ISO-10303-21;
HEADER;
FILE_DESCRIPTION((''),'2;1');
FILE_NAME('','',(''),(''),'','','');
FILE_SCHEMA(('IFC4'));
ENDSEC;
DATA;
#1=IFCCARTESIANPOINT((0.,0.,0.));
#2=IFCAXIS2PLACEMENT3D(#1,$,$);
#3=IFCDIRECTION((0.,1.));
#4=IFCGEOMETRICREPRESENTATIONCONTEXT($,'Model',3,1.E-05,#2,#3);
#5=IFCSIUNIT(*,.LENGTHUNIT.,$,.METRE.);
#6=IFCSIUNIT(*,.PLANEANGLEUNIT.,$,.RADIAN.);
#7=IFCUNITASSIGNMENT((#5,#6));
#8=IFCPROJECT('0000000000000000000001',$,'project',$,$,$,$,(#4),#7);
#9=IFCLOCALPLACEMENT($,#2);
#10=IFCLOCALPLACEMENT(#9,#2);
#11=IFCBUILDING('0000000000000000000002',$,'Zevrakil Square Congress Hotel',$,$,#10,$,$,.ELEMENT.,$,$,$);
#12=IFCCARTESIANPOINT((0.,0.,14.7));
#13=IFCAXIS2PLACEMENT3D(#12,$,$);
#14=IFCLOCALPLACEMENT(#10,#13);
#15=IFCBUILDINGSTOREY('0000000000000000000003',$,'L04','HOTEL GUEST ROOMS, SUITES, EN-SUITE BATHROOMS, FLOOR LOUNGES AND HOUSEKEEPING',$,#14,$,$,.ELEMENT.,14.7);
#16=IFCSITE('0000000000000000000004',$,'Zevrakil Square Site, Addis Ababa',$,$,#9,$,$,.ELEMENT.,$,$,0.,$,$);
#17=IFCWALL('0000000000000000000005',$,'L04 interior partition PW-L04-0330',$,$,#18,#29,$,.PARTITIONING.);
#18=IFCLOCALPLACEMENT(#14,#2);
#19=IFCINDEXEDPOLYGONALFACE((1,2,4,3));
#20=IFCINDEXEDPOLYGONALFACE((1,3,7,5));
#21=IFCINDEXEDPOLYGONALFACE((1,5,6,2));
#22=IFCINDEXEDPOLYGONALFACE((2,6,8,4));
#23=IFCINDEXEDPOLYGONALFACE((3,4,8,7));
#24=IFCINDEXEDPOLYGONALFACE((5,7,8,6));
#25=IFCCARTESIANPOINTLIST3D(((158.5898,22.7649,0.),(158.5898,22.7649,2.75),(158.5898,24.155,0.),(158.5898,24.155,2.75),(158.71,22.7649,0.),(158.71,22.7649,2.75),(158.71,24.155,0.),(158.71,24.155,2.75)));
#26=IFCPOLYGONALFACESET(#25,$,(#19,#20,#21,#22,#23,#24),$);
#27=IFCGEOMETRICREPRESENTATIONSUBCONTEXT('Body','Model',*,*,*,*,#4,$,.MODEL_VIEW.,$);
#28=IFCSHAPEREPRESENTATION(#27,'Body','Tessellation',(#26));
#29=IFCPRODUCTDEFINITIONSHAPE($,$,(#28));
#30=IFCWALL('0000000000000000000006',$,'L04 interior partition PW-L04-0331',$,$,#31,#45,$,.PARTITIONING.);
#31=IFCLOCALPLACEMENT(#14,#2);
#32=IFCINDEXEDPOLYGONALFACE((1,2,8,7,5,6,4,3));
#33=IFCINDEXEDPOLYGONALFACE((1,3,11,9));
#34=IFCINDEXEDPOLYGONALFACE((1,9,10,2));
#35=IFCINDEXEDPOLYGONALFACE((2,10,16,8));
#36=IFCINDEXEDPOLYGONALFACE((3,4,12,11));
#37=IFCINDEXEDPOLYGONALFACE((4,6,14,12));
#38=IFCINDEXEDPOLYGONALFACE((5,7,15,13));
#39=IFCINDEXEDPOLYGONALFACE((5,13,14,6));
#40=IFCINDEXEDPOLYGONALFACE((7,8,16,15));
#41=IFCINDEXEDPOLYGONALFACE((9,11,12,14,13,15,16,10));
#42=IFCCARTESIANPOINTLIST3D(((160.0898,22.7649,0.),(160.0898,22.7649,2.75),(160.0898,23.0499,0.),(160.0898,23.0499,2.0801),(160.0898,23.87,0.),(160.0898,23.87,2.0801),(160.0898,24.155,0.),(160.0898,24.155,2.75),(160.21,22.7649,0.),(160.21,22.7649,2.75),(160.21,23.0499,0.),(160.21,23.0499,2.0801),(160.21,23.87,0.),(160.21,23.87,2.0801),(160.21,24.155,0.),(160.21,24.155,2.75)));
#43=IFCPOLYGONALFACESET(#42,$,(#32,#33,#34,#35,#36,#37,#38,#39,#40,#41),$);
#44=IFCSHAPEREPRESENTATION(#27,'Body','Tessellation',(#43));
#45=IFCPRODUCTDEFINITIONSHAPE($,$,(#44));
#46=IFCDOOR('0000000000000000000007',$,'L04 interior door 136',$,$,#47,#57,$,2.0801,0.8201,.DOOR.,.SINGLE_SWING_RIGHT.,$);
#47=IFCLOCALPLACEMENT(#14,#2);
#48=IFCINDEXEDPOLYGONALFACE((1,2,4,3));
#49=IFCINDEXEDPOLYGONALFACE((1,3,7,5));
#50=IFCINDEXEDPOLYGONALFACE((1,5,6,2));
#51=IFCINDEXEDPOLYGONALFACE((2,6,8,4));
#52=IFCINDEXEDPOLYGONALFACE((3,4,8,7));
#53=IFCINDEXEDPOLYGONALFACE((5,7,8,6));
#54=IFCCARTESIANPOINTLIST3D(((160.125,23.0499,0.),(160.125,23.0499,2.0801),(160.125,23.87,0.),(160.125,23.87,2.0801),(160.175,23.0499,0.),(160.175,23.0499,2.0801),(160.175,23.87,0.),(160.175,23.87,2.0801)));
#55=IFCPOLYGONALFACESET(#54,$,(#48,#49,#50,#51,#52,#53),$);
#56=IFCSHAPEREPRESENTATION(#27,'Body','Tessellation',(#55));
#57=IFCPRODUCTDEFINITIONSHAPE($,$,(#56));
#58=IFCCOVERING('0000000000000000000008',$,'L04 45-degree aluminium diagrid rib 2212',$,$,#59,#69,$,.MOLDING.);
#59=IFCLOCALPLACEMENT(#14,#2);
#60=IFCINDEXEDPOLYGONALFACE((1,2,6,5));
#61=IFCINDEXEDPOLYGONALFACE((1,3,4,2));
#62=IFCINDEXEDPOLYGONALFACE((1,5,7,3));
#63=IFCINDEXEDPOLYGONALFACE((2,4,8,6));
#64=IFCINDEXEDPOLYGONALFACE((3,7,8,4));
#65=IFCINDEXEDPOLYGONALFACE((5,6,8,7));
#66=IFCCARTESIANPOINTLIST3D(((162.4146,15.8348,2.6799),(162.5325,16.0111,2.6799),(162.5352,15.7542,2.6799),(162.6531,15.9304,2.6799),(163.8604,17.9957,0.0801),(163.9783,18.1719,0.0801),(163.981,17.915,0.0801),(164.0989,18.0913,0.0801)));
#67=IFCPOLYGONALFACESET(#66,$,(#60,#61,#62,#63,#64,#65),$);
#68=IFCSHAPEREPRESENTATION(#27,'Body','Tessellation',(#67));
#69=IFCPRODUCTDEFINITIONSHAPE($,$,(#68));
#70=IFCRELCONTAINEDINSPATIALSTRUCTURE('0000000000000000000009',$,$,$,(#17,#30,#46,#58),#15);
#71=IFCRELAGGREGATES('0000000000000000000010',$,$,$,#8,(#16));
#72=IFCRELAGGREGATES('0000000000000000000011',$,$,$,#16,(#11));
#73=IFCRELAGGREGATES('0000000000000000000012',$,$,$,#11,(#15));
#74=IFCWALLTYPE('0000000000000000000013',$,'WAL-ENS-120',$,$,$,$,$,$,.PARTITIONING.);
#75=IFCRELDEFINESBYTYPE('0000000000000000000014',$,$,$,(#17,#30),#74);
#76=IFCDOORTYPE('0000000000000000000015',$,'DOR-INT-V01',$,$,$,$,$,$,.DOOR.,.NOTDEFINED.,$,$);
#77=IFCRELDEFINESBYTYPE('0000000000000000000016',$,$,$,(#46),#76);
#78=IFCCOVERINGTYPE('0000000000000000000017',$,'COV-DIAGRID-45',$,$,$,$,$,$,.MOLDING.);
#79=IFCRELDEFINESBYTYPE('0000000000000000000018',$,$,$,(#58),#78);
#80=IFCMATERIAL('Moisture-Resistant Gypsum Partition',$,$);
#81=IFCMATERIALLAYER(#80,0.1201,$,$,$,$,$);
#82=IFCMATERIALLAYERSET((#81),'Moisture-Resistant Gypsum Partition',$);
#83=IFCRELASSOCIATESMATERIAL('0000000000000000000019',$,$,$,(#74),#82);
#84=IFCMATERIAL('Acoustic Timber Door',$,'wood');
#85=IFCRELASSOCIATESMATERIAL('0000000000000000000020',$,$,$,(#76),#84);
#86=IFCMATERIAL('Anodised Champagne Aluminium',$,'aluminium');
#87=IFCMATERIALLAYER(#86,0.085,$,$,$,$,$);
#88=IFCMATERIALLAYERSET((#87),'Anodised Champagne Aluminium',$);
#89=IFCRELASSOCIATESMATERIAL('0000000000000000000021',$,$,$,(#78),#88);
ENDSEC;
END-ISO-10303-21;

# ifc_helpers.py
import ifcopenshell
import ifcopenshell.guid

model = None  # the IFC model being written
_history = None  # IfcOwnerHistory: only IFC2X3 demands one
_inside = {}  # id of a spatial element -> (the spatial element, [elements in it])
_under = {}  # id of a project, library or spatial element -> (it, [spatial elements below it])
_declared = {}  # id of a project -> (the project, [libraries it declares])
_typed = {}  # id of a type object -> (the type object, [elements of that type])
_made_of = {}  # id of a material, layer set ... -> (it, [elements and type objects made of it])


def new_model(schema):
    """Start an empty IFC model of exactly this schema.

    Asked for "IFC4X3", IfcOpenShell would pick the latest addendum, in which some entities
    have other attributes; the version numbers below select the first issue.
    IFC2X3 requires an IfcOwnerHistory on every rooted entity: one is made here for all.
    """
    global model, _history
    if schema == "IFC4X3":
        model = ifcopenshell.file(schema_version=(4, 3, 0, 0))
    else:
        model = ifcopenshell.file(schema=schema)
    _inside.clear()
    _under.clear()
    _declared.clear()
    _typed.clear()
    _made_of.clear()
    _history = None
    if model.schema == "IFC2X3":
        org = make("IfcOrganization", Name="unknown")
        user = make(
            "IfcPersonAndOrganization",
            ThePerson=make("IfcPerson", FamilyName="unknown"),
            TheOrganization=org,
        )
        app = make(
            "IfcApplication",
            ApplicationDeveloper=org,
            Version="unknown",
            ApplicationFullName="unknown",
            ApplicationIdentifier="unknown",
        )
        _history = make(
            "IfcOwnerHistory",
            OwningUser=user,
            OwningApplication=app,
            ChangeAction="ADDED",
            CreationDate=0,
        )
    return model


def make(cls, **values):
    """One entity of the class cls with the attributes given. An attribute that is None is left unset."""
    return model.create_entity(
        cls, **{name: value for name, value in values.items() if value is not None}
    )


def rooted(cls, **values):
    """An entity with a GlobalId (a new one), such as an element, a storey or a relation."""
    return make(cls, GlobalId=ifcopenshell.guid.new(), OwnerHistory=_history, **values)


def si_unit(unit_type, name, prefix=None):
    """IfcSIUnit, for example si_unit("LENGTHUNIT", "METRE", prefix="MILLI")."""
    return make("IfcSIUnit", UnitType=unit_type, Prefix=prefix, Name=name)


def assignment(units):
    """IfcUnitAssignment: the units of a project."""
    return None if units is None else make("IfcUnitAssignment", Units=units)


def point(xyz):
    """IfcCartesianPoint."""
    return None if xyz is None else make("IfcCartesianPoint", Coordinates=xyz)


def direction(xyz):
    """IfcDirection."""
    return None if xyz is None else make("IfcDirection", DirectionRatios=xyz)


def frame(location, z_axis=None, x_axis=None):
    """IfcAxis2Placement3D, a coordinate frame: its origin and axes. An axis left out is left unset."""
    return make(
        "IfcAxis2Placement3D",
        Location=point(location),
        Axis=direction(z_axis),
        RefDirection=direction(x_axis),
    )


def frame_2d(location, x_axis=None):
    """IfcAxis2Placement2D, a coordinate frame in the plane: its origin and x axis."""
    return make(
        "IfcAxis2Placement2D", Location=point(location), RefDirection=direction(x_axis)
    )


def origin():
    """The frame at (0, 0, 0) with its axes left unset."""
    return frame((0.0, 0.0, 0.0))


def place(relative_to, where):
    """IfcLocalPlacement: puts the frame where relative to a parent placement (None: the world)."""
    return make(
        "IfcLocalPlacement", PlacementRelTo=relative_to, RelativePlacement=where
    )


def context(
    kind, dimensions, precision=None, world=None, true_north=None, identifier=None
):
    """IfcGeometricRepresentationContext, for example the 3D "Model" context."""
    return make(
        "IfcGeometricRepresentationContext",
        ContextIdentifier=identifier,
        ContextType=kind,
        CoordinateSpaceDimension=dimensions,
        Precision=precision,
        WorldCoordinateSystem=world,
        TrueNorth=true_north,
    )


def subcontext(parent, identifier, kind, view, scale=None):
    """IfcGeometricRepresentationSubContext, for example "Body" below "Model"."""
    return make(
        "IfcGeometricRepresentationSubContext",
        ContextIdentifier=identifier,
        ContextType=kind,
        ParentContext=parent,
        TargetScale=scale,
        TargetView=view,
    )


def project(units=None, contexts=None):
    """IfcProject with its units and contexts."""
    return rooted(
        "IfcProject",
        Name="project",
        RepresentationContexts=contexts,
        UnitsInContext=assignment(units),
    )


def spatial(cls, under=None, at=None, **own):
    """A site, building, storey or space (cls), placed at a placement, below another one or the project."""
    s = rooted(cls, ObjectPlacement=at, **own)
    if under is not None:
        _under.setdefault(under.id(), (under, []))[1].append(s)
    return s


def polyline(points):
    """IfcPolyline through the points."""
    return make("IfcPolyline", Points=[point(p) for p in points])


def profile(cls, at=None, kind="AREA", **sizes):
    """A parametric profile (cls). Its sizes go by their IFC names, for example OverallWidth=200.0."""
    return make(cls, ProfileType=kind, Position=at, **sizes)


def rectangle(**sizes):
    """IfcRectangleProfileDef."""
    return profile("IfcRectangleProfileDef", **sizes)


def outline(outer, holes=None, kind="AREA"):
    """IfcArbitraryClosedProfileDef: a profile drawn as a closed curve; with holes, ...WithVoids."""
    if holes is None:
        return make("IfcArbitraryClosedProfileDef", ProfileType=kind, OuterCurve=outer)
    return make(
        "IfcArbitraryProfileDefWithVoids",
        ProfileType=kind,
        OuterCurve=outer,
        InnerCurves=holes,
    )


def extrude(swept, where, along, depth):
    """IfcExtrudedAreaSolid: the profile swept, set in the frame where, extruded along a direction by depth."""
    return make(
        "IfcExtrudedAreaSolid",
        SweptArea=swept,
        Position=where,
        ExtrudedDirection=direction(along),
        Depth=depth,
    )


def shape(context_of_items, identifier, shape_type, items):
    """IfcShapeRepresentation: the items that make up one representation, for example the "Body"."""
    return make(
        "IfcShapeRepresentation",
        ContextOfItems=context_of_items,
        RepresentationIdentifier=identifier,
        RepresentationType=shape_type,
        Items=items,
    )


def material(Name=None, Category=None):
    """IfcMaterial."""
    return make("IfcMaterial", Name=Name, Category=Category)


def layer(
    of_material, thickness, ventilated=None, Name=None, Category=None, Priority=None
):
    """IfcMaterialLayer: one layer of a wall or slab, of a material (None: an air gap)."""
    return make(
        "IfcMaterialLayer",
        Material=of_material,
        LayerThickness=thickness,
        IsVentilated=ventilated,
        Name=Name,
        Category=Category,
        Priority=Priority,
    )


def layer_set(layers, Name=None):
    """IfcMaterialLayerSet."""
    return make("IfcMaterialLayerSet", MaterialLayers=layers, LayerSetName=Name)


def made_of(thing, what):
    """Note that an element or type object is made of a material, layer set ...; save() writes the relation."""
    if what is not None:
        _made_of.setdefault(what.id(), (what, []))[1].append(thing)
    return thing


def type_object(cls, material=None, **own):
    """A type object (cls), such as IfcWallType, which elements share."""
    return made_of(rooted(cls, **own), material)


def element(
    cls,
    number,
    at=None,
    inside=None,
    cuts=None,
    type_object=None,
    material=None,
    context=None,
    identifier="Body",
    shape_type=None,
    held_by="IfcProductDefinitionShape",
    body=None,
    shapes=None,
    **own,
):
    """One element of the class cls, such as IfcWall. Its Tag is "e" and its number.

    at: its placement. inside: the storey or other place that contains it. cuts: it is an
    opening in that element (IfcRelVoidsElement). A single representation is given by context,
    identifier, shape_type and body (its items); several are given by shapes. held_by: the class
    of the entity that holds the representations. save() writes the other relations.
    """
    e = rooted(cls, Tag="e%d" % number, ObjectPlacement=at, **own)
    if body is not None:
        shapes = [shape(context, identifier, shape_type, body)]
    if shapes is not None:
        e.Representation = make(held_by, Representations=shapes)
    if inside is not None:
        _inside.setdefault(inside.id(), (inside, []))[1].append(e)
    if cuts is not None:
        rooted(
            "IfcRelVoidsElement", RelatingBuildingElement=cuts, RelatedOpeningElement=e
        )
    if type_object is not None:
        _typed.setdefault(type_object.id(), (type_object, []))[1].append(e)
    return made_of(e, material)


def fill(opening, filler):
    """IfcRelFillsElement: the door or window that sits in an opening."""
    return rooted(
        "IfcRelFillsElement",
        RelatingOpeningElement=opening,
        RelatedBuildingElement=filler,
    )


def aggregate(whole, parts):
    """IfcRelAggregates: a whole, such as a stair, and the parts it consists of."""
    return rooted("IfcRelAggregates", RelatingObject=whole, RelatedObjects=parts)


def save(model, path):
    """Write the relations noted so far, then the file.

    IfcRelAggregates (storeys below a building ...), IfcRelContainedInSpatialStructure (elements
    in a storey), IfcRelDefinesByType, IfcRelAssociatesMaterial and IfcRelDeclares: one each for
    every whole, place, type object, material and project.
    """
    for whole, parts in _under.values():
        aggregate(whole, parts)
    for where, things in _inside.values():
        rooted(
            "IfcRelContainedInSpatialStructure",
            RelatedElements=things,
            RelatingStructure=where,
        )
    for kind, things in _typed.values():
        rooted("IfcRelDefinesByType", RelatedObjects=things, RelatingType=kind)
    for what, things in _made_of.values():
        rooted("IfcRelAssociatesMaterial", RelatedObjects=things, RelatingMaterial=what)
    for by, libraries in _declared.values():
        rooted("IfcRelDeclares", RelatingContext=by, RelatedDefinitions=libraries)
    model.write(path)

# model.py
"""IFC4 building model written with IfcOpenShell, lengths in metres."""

from ifc_helpers import new_model, si_unit, direction, frame, frame_2d, origin, place, context, subcontext, project, spatial, polyline, rectangle, outline, extrude, material, layer, layer_set, type_object, element, fill, save


model = new_model("IFC4")

# Units and contexts
model_context = context("Model", 3, precision=1e-05, world=origin(), true_north=direction((0.0, 1.0)))
body_context = subcontext(model_context, "Body", "Model", "MODEL_VIEW")
ifc_project = project(units=[si_unit("LENGTHUNIT", "METRE"), si_unit("PLANEANGLEUNIT", "RADIAN")], contexts=[model_context])

# Site, building, storey
site_placement = place(None, origin())
site = spatial("IfcSite", under=ifc_project, at=site_placement, Name="Zevrakil Square Site, Addis Ababa", CompositionType="ELEMENT", RefElevation=0.0)
building_placement = place(site_placement, origin())
building = spatial("IfcBuilding", under=site, at=building_placement, Name="Zevrakil Square Congress Hotel", CompositionType="ELEMENT")
storey_placement = place(building_placement, frame((0.0, 0.0, 14.7)))
storey = spatial("IfcBuildingStorey", under=building, at=storey_placement, Name="L04", Description="HOTEL GUEST ROOMS, SUITES, EN-SUITE BATHROOMS, FLOOR LOUNGES AND HOUSEKEEPING", CompositionType="ELEMENT", Elevation=14.7)

# Shared definitions
ifc_material_1 = material(Name="Moisture-Resistant Gypsum Partition")
ifc_layer_1 = layer(ifc_material_1, 0.1201)
ifc_layer_set_1 = layer_set([ifc_layer_1], Name="Moisture-Resistant Gypsum Partition")
wall_type = type_object("IfcWallType", Name="WAL-ENS-120", PredefinedType="PARTITIONING", material=ifc_layer_set_1)

# Shared definitions
ifc_material_2 = material(Name="Acoustic Timber Door", Category="wood")
door_type = type_object("IfcDoorType", Name="DOR-INT-V01", OperationType="NOTDEFINED", PredefinedType="DOOR", material=ifc_material_2)

# Wall
wall_1_placement = place(storey_placement, frame((158.6499, 22.7649, 0.0), z_axis=(0.0, 0.0, 1.0), x_axis=(0.0, 1.0, 0.0)))
element("IfcWall", 1, at=wall_1_placement, inside=storey, type_object=wall_type, Name="L04 interior partition PW-L04-0330", PredefinedType="PARTITIONING", context=body_context, shape_type="SweptSolid", body=[
    extrude(rectangle(XDim=1.3901, YDim=0.1201, at=frame_2d((0.6951, 0.0))), origin(), (0.0, 0.0, 1.0), 2.75),
])

# Wall, opening, door
wall_2_placement = place(storey_placement, frame((160.1499, 22.7649, 0.0), z_axis=(0.0, 0.0, 1.0), x_axis=(0.0, 1.0, 0.0)))
wall_2 = element("IfcWall", 2, at=wall_2_placement, inside=storey, type_object=wall_type, Name="L04 interior partition PW-L04-0331", PredefinedType="PARTITIONING", context=body_context, shape_type="SweptSolid", body=[
    extrude(rectangle(XDim=1.3901, YDim=0.1201, at=frame_2d((0.6951, 0.0))), origin(), (0.0, 0.0, 1.0), 2.75),
])
opening_1_placement = place(wall_2_placement, frame((0.2849, 0.0, 0.0)))
opening_1 = element("IfcOpeningElement", 3, at=opening_1_placement, cuts=wall_2, PredefinedType="OPENING", context=body_context, shape_type="SweptSolid", body=[
    extrude(rectangle(XDim=0.8201, YDim=2.0801, at=frame_2d((0.4102, 1.04))), frame((0.0, 0.0701, 0.0), z_axis=(0.0, -1.0, 0.0), x_axis=(1.0, 0.0, 0.0)), (0.0, 0.0, 1.0), 0.1401),
])
door_1_placement = place(opening_1_placement, origin())
door_1 = element("IfcDoor", 4, at=door_1_placement, inside=storey, type_object=door_type, Name="L04 interior door 136", OperationType="SINGLE_SWING_RIGHT", OverallHeight=2.0801, OverallWidth=0.8201, PredefinedType="DOOR", context=body_context, shape_type="SweptSolid", body=[
    extrude(rectangle(XDim=0.8201, YDim=2.0801, at=frame_2d((0.4102, 1.04))), frame((0.0, 0.0249, 0.0), z_axis=(0.0, -1.0, 0.0), x_axis=(1.0, 0.0, 0.0)), (0.0, 0.0, 1.0), 0.05),
])
fill(opening_1, door_1)

# Covering
ifc_material_3 = material(Name="Anodised Champagne Aluminium", Category="aluminium")
ifc_layer_2 = layer(ifc_material_3, 0.085)
ifc_layer_set_2 = layer_set([ifc_layer_2], Name="Anodised Champagne Aluminium")
covering_type = type_object("IfcCoveringType", Name="COV-DIAGRID-45", PredefinedType="MOLDING", material=ifc_layer_set_2)
covering_placement = place(storey_placement, frame((162.5352, 15.7542, 2.6799), z_axis=(0.831164, -0.556028, 0.00007), x_axis=(0.556028, 0.831164, 0.0)))
element("IfcCovering", 5, at=covering_placement, inside=storey, type_object=covering_type, Name="L04 45-degree aluminium diagrid rib 2212", PredefinedType="MOLDING", context=body_context, shape_type="SweptSolid", body=[
    extrude(outline(polyline([(0.0, 0.0), (0.2121, 0.0), (2.812, -2.5999), (2.6, -2.5999), (0.0, 0.0)])), origin(), (0.0, 0.0, -1.0), 0.145),
])

save(model, "model.ifc")
